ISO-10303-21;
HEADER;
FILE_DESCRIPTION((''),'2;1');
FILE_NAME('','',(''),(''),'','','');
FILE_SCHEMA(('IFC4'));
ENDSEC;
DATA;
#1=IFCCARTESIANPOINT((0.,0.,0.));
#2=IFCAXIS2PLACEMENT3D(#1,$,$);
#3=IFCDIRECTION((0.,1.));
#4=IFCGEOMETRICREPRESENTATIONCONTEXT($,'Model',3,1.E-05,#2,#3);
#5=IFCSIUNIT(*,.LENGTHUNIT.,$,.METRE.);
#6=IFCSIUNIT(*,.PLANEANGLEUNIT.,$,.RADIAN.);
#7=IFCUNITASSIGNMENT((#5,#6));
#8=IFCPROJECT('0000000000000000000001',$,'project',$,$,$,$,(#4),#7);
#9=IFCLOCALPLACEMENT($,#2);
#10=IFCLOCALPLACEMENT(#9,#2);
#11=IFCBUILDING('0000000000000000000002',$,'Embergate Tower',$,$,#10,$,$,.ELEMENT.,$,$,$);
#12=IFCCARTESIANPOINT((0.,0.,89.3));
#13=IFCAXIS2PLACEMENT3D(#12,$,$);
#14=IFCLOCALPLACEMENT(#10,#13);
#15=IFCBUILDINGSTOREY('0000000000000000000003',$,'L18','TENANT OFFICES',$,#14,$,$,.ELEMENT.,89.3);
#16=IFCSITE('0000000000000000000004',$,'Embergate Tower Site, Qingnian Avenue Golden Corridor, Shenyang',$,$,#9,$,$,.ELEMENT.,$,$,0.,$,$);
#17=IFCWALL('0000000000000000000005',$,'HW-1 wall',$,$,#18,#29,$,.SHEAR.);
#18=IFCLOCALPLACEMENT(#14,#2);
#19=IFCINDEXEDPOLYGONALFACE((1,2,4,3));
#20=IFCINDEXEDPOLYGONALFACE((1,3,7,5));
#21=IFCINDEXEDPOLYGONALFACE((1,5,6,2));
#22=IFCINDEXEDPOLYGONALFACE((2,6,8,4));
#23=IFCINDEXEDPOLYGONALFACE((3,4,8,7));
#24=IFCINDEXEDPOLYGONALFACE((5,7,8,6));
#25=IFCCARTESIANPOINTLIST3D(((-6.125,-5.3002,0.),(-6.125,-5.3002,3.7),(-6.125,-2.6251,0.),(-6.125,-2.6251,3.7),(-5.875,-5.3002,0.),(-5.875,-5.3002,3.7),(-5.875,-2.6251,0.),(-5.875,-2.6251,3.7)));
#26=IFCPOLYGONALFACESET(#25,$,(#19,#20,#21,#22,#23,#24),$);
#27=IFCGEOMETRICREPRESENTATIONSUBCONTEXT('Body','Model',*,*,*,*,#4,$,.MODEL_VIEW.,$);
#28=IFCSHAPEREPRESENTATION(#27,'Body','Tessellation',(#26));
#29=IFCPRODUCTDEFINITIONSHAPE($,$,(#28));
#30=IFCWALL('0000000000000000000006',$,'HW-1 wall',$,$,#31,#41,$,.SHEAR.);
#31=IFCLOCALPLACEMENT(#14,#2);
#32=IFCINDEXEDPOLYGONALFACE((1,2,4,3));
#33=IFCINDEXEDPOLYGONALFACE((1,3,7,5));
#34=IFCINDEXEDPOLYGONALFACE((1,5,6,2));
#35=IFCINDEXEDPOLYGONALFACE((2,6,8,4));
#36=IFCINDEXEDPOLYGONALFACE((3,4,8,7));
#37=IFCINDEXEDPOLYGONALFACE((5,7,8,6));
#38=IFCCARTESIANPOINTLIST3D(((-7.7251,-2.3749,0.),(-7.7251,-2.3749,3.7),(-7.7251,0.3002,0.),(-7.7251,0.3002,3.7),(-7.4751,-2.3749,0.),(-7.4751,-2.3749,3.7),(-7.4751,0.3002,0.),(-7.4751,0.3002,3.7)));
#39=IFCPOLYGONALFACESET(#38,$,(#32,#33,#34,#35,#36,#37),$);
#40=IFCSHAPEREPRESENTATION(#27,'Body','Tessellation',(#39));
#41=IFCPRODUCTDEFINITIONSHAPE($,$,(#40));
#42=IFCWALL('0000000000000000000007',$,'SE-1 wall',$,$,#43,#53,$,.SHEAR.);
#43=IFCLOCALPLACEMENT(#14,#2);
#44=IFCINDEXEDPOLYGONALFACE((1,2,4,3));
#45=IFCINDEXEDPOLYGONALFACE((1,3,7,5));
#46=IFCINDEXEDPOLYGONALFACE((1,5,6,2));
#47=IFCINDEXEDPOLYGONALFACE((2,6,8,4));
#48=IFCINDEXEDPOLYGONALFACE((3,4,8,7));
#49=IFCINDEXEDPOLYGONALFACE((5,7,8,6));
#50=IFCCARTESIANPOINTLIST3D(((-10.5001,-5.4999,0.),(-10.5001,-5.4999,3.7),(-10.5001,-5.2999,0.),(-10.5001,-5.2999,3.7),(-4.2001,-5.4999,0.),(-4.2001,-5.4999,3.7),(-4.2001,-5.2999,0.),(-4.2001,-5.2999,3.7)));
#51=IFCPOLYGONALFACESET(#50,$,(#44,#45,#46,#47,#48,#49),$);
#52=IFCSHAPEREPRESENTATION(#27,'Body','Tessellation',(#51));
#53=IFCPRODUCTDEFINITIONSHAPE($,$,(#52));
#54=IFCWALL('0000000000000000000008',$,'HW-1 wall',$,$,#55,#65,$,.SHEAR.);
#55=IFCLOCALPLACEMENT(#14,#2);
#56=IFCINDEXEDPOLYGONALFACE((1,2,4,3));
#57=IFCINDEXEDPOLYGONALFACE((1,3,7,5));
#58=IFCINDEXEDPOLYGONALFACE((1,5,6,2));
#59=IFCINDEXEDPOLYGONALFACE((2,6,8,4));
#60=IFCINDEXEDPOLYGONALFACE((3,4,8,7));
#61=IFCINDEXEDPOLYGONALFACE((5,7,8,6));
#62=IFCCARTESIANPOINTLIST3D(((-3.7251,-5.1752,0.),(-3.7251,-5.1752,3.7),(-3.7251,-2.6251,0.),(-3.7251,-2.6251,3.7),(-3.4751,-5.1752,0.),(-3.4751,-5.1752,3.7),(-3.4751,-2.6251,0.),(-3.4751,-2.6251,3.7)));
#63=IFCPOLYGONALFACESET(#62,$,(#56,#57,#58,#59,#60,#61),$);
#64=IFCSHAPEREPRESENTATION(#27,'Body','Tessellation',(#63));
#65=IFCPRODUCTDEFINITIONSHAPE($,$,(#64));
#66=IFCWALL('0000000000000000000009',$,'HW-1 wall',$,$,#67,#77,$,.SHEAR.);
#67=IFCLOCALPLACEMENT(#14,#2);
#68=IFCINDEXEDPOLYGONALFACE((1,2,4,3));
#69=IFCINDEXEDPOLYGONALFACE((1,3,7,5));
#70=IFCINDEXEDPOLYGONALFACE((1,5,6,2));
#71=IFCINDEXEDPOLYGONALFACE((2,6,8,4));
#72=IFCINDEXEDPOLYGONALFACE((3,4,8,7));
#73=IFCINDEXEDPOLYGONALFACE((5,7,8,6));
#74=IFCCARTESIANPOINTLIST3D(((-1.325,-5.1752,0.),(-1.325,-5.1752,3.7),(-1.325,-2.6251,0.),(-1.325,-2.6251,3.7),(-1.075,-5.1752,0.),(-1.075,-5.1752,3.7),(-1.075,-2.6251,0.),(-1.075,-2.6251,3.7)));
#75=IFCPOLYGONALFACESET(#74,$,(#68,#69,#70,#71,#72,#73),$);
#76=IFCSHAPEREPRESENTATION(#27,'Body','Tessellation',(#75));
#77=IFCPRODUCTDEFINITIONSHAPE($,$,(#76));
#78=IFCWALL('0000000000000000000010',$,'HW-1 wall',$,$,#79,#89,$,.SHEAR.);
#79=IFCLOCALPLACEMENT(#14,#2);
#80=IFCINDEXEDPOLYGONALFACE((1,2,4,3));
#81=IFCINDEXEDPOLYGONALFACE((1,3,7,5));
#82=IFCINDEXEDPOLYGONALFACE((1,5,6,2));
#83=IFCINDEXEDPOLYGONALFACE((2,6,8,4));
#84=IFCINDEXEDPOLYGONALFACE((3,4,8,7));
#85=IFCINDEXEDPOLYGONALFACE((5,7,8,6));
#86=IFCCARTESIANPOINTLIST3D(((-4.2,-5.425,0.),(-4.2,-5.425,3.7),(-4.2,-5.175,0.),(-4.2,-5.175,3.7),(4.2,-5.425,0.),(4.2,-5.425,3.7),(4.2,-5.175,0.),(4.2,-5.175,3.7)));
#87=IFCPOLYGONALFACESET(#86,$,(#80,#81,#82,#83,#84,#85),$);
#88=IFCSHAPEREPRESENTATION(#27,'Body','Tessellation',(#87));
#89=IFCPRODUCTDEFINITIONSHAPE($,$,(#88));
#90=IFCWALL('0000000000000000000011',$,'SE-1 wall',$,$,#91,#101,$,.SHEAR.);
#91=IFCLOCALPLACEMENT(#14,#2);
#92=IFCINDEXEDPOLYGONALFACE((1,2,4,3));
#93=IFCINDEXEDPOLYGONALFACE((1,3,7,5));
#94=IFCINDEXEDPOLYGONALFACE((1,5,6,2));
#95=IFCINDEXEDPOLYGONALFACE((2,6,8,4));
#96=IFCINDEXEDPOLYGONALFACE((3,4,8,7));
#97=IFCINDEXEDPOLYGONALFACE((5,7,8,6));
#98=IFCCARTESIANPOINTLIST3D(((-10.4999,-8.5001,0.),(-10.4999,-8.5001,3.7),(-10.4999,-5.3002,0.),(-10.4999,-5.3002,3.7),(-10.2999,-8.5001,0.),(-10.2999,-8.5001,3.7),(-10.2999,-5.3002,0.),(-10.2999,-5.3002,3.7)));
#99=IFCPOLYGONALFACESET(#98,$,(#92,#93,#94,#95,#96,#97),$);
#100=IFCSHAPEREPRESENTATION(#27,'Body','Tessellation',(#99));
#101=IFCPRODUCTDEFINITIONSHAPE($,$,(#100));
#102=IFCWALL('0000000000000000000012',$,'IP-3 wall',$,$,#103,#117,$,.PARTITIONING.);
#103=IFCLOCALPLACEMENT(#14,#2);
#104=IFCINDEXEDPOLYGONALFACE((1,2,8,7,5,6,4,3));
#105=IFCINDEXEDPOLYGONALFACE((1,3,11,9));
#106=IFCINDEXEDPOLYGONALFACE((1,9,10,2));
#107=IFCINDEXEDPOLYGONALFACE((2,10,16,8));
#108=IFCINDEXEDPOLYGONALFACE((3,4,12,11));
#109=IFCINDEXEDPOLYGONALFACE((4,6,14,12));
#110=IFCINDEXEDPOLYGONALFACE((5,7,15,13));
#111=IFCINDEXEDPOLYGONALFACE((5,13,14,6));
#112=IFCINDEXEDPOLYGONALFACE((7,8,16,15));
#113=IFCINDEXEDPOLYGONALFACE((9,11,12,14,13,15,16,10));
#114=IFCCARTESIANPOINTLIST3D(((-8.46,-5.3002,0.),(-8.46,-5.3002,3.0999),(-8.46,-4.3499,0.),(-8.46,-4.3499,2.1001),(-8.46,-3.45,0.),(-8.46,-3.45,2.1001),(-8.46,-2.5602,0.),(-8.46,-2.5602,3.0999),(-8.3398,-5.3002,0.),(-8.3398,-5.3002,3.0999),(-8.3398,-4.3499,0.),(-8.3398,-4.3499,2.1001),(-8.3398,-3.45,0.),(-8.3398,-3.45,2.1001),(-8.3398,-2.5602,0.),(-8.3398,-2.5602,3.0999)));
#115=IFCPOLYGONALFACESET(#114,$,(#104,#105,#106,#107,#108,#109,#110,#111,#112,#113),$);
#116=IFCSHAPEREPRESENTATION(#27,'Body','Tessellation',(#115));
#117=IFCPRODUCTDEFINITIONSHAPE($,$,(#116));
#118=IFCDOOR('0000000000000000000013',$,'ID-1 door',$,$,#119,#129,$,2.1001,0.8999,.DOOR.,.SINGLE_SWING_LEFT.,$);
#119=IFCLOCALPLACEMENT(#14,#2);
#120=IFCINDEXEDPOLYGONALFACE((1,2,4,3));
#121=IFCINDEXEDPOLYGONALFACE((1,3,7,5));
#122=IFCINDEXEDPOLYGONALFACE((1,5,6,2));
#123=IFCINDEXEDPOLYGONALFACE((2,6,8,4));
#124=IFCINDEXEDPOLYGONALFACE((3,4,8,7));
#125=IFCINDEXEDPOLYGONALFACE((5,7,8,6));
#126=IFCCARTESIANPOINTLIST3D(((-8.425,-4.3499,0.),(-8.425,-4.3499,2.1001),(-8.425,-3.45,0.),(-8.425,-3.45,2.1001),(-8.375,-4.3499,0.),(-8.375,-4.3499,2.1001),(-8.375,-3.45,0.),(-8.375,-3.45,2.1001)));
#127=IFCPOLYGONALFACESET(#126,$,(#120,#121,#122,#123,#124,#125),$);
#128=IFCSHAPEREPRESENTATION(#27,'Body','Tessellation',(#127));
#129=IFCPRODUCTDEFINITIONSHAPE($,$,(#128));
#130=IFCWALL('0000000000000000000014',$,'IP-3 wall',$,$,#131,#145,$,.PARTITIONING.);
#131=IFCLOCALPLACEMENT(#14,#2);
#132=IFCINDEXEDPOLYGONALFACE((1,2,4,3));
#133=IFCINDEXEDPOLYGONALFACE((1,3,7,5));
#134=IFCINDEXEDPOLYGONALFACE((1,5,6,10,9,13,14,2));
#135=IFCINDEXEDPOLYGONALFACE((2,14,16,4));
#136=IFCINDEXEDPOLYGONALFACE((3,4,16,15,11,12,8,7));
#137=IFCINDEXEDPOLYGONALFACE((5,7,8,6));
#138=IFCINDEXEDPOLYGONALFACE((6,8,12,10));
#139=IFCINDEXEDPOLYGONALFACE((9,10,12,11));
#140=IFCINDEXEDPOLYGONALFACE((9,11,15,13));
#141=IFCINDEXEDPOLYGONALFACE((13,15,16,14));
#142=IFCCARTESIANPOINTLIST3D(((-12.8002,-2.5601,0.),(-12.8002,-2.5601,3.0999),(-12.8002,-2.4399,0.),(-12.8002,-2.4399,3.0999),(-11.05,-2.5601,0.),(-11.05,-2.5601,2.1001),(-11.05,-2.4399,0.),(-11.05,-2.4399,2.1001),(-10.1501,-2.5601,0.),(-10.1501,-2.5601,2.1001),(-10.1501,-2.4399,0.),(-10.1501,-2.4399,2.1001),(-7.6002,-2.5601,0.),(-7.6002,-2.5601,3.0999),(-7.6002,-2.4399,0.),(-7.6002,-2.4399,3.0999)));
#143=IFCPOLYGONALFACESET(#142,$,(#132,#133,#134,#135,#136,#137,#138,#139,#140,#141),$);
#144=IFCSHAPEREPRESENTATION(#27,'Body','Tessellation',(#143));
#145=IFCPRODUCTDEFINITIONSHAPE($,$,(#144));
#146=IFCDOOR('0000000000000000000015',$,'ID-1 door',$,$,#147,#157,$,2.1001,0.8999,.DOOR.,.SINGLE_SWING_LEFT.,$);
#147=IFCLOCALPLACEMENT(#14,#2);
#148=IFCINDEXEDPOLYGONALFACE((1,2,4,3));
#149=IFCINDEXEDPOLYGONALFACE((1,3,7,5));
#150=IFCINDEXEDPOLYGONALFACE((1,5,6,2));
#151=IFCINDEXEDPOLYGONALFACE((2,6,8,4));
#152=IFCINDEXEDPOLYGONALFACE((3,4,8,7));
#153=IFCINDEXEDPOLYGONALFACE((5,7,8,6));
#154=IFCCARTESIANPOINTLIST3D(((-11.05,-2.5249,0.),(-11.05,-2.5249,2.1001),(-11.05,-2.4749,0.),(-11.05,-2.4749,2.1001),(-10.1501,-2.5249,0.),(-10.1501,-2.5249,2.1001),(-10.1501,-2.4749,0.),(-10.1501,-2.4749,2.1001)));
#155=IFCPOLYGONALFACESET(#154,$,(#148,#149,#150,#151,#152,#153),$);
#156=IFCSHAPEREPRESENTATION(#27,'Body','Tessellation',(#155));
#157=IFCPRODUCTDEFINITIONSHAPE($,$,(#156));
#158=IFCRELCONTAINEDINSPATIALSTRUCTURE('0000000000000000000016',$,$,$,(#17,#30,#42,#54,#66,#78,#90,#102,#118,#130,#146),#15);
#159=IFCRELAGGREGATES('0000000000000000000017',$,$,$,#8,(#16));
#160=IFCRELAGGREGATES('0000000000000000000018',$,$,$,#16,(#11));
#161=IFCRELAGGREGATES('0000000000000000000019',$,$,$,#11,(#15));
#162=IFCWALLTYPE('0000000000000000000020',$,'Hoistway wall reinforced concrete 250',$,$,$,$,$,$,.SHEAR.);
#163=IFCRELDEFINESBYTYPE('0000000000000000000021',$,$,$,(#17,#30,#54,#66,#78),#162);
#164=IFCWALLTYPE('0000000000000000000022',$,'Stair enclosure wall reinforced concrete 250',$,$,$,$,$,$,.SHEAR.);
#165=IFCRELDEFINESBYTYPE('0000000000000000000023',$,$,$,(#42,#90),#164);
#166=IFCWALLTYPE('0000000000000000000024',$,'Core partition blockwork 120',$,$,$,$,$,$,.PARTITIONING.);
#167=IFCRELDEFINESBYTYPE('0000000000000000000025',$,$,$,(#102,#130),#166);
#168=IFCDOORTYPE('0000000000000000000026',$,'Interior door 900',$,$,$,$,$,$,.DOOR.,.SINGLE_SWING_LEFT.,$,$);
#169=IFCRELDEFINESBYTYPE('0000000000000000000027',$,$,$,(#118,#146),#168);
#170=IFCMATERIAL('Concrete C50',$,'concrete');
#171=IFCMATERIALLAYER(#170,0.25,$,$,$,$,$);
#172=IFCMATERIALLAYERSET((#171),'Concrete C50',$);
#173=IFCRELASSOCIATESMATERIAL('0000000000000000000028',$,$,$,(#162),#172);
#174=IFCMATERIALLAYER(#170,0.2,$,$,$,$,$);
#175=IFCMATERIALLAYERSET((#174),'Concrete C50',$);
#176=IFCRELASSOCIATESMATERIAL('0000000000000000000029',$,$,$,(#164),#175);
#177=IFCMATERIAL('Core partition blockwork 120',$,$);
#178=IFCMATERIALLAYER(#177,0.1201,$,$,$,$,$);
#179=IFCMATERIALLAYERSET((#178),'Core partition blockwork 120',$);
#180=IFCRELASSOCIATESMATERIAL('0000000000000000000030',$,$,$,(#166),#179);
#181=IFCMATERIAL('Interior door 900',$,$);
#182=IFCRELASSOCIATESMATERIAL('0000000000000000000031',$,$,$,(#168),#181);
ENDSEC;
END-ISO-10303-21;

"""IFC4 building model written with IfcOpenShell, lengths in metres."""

from ifc_helpers import new_model, si_unit, direction, frame, frame_2d, origin, place, context, subcontext, project, spatial, rectangle, extrude, source, transform, mapped, material, layer, layer_set, type_object, element, fill, save


model = new_model("IFC4")

# Units and contexts
model_context = context("Model", 3, precision=1e-05, world=origin(), true_north=direction((0.0, 1.0)))
body_context = subcontext(model_context, "Body", "Model", "MODEL_VIEW")
ifc_project = project(units=[si_unit("LENGTHUNIT", "METRE"), si_unit("PLANEANGLEUNIT", "RADIAN")], contexts=[model_context])

# Site, building, storey
site_placement = place(None, origin())
site = spatial("IfcSite", under=ifc_project, at=site_placement, Name="Embergate Tower Site, Qingnian Avenue Golden Corridor, Shenyang", CompositionType="ELEMENT", RefElevation=0.0)
building_placement = place(site_placement, origin())
building = spatial("IfcBuilding", under=site, at=building_placement, Name="Embergate Tower", CompositionType="ELEMENT")
storey_placement = place(building_placement, frame((0.0, 0.0, 89.3)))
storey = spatial("IfcBuildingStorey", under=building, at=storey_placement, Name="L18", Description="TENANT OFFICES", CompositionType="ELEMENT", Elevation=89.3)

# Walls
ifc_material_1 = material(Name="Concrete C50", Category="concrete")
ifc_layer_1 = layer(ifc_material_1, 0.25)
ifc_layer_set_1 = layer_set([ifc_layer_1], Name="Concrete C50")
wall_type_1 = type_object("IfcWallType", Name="Hoistway wall reinforced concrete 250", PredefinedType="SHEAR", material=ifc_layer_set_1)
shared_shape_1 = source(origin(), body_context, "Body", "SweptSolid", [
    extrude(rectangle(XDim=2.675, YDim=0.25, at=frame_2d((1.3374, 0.0))), origin(), (0.0, 0.0, 1.0), 3.7),
])
for number, where, z_axis, x_axis, name in (
    (1, (-6.0, -5.3, 0.0), (0.0, 0.0, 1.0), (0.0, 1.0, 0.0), "HW-1 wall"),
    (2, (-7.6001, 0.3, 0.0), (0.0, 0.0, 1.0), (0.0, -1.0, 0.0), "HW-1 wall"),
):
    element("IfcWall", number, at=place(storey_placement, frame(where, z_axis=z_axis, x_axis=x_axis)), inside=storey, type_object=wall_type_1, Name=name, PredefinedType="SHEAR", context=body_context, shape_type="MappedRepresentation", body=[
        mapped(shared_shape_1, transform((0.0, 0.0, 0.0))),
    ])
ifc_layer_2 = layer(ifc_material_1, 0.2)
ifc_layer_set_2 = layer_set([ifc_layer_2], Name="Concrete C50")
wall_type_2 = type_object("IfcWallType", Name="Stair enclosure wall reinforced concrete 250", PredefinedType="SHEAR", material=ifc_layer_set_2)
shared_shape_2 = source(origin(), body_context, "Body", "SweptSolid", [
    extrude(rectangle(XDim=6.3, YDim=0.2, at=frame_2d((3.1499, 0.0))), origin(), (0.0, 0.0, 1.0), 3.7),
])
wall_1_placement = place(storey_placement, frame((-10.5, -5.3999, 0.0), z_axis=(0.0, 0.0, 1.0), x_axis=(1.0, 0.0, 0.0)))
element("IfcWall", 3, at=wall_1_placement, inside=storey, type_object=wall_type_2, Name="SE-1 wall", PredefinedType="SHEAR", context=body_context, shape_type="MappedRepresentation", body=[
    mapped(shared_shape_2, transform((0.0, 0.0, 0.0))),
])
shared_shape_3 = source(origin(), body_context, "Body", "SweptSolid", [
    extrude(rectangle(XDim=2.55, YDim=0.25, at=frame_2d((1.2749, 0.0))), origin(), (0.0, 0.0, 1.0), 3.7),
])
for number, where, z_axis, x_axis, name in (
    (4, (-3.6001, -5.175, 0.0), (0.0, 0.0, 1.0), (0.0, 1.0, 0.0), "HW-1 wall"),
    (5, (-1.2, -5.175, 0.0), (0.0, 0.0, 1.0), (0.0, 1.0, 0.0), "HW-1 wall"),
):
    element("IfcWall", number, at=place(storey_placement, frame(where, z_axis=z_axis, x_axis=x_axis)), inside=storey, type_object=wall_type_1, Name=name, PredefinedType="SHEAR", context=body_context, shape_type="MappedRepresentation", body=[
        mapped(shared_shape_3, transform((0.0, 0.0, 0.0))),
    ])
shared_shape_4 = source(origin(), body_context, "Body", "SweptSolid", [
    extrude(rectangle(XDim=8.3999, YDim=0.25, at=frame_2d((4.2, 0.0))), origin(), (0.0, 0.0, 1.0), 3.7),
])
wall_2_placement = place(storey_placement, frame((-4.2, -5.3, 0.0), z_axis=(0.0, 0.0, 1.0), x_axis=(1.0, 0.0, 0.0)))
element("IfcWall", 6, at=wall_2_placement, inside=storey, type_object=wall_type_1, Name="HW-1 wall", PredefinedType="SHEAR", context=body_context, shape_type="MappedRepresentation", body=[
    mapped(shared_shape_4, transform((0.0, 0.0, 0.0))),
])
shared_shape_5 = source(origin(), body_context, "Body", "SweptSolid", [
    extrude(rectangle(XDim=3.2, YDim=0.2, at=frame_2d((1.6001, 0.0))), origin(), (0.0, 0.0, 1.0), 3.7),
])
wall_3_placement = place(storey_placement, frame((-10.3999, -5.3, 0.0), z_axis=(0.0, 0.0, 1.0), x_axis=(0.0, -1.0, 0.0)))
element("IfcWall", 7, at=wall_3_placement, inside=storey, type_object=wall_type_2, Name="SE-1 wall", PredefinedType="SHEAR", context=body_context, shape_type="MappedRepresentation", body=[
    mapped(shared_shape_5, transform((0.0, 0.0, 0.0))),
])

# Walls, openings, doors
ifc_material_2 = material(Name="Core partition blockwork 120")
ifc_layer_3 = layer(ifc_material_2, 0.1201)
ifc_layer_set_3 = layer_set([ifc_layer_3], Name="Core partition blockwork 120")
wall_type_3 = type_object("IfcWallType", Name="Core partition blockwork 120", PredefinedType="PARTITIONING", material=ifc_layer_set_3)
shared_shape_6 = source(origin(), body_context, "Body", "SweptSolid", [
    extrude(rectangle(XDim=2.74, YDim=0.1201, at=frame_2d((1.3701, 0.0))), origin(), (0.0, 0.0, 1.0), 3.0999),
])
wall_4_placement = place(storey_placement, frame((-8.3999, -2.5601, 0.0), z_axis=(0.0, 0.0, 1.0), x_axis=(0.0, -1.0, 0.0)))
wall_4 = element("IfcWall", 8, at=wall_4_placement, inside=storey, type_object=wall_type_3, Name="IP-3 wall", PredefinedType="PARTITIONING", context=body_context, shape_type="MappedRepresentation", body=[
    mapped(shared_shape_6, transform((0.0, 0.0, 0.0))),
])
shared_shape_7 = source(origin(), body_context, "Body", "SweptSolid", [
    extrude(rectangle(XDim=0.8999, YDim=2.1001, at=frame_2d((0.45, 1.05))), frame((0.0, 0.0701, 0.0), z_axis=(0.0, -1.0, 0.0), x_axis=(1.0, 0.0, 0.0)), (0.0, 0.0, 1.0), 0.1401),
])
opening_1_placement = place(wall_4_placement, frame((0.8899, 0.0, 0.0)))
opening_1 = element("IfcOpeningElement", 9, at=opening_1_placement, cuts=wall_4, PredefinedType="OPENING", context=body_context, shape_type="MappedRepresentation", body=[
    mapped(shared_shape_7, transform((0.0, 0.0, 0.0))),
])
ifc_material_3 = material(Name="Interior door 900")
door_type_1 = type_object("IfcDoorType", Name="Interior door 900", OperationType="SINGLE_SWING_LEFT", PredefinedType="DOOR", material=ifc_material_3)
shared_shape_8 = source(origin(), body_context, "Body", "SweptSolid", [
    extrude(rectangle(XDim=0.8999, YDim=2.1001, at=frame_2d((0.45, 1.05))), frame((0.0, 0.0249, 0.0), z_axis=(0.0, -1.0, 0.0), x_axis=(1.0, 0.0, 0.0)), (0.0, 0.0, 1.0), 0.05),
])
door_1_placement = place(opening_1_placement, origin())
door_1 = element("IfcDoor", 10, at=door_1_placement, inside=storey, type_object=door_type_1, Name="ID-1 door", OperationType="SINGLE_SWING_LEFT", OverallHeight=2.1001, OverallWidth=0.8999, PredefinedType="DOOR", context=body_context, shape_type="MappedRepresentation", body=[
    mapped(shared_shape_8, transform((0.0, 0.0, 0.0))),
])
fill(opening_1, door_1)
shared_shape_9 = source(origin(), body_context, "Body", "SweptSolid", [
    extrude(rectangle(XDim=5.2, YDim=0.1201, at=frame_2d((2.6001, 0.0))), origin(), (0.0, 0.0, 1.0), 3.0999),
])
wall_5_placement = place(storey_placement, frame((-7.6001, -2.5, 0.0), z_axis=(0.0, 0.0, 1.0), x_axis=(-1.0, 0.0, 0.0)))
wall_5 = element("IfcWall", 11, at=wall_5_placement, inside=storey, type_object=wall_type_3, Name="IP-3 wall", PredefinedType="PARTITIONING", context=body_context, shape_type="MappedRepresentation", body=[
    mapped(shared_shape_9, transform((0.0, 0.0, 0.0))),
])
opening_2_placement = place(wall_5_placement, frame((2.55, 0.0, 0.0)))
opening_2 = element("IfcOpeningElement", 12, at=opening_2_placement, cuts=wall_5, PredefinedType="OPENING", context=body_context, shape_type="MappedRepresentation", body=[
    mapped(shared_shape_7, transform((0.0, 0.0, 0.0))),
])
door_2_placement = place(opening_2_placement, origin())
door_2 = element("IfcDoor", 13, at=door_2_placement, inside=storey, type_object=door_type_1, Name="ID-1 door", OperationType="SINGLE_SWING_LEFT", OverallHeight=2.1001, OverallWidth=0.8999, PredefinedType="DOOR", context=body_context, shape_type="MappedRepresentation", body=[
    mapped(shared_shape_8, transform((0.0, 0.0, 0.0))),
])
fill(opening_2, door_2)

save(model, "model.ifc")
